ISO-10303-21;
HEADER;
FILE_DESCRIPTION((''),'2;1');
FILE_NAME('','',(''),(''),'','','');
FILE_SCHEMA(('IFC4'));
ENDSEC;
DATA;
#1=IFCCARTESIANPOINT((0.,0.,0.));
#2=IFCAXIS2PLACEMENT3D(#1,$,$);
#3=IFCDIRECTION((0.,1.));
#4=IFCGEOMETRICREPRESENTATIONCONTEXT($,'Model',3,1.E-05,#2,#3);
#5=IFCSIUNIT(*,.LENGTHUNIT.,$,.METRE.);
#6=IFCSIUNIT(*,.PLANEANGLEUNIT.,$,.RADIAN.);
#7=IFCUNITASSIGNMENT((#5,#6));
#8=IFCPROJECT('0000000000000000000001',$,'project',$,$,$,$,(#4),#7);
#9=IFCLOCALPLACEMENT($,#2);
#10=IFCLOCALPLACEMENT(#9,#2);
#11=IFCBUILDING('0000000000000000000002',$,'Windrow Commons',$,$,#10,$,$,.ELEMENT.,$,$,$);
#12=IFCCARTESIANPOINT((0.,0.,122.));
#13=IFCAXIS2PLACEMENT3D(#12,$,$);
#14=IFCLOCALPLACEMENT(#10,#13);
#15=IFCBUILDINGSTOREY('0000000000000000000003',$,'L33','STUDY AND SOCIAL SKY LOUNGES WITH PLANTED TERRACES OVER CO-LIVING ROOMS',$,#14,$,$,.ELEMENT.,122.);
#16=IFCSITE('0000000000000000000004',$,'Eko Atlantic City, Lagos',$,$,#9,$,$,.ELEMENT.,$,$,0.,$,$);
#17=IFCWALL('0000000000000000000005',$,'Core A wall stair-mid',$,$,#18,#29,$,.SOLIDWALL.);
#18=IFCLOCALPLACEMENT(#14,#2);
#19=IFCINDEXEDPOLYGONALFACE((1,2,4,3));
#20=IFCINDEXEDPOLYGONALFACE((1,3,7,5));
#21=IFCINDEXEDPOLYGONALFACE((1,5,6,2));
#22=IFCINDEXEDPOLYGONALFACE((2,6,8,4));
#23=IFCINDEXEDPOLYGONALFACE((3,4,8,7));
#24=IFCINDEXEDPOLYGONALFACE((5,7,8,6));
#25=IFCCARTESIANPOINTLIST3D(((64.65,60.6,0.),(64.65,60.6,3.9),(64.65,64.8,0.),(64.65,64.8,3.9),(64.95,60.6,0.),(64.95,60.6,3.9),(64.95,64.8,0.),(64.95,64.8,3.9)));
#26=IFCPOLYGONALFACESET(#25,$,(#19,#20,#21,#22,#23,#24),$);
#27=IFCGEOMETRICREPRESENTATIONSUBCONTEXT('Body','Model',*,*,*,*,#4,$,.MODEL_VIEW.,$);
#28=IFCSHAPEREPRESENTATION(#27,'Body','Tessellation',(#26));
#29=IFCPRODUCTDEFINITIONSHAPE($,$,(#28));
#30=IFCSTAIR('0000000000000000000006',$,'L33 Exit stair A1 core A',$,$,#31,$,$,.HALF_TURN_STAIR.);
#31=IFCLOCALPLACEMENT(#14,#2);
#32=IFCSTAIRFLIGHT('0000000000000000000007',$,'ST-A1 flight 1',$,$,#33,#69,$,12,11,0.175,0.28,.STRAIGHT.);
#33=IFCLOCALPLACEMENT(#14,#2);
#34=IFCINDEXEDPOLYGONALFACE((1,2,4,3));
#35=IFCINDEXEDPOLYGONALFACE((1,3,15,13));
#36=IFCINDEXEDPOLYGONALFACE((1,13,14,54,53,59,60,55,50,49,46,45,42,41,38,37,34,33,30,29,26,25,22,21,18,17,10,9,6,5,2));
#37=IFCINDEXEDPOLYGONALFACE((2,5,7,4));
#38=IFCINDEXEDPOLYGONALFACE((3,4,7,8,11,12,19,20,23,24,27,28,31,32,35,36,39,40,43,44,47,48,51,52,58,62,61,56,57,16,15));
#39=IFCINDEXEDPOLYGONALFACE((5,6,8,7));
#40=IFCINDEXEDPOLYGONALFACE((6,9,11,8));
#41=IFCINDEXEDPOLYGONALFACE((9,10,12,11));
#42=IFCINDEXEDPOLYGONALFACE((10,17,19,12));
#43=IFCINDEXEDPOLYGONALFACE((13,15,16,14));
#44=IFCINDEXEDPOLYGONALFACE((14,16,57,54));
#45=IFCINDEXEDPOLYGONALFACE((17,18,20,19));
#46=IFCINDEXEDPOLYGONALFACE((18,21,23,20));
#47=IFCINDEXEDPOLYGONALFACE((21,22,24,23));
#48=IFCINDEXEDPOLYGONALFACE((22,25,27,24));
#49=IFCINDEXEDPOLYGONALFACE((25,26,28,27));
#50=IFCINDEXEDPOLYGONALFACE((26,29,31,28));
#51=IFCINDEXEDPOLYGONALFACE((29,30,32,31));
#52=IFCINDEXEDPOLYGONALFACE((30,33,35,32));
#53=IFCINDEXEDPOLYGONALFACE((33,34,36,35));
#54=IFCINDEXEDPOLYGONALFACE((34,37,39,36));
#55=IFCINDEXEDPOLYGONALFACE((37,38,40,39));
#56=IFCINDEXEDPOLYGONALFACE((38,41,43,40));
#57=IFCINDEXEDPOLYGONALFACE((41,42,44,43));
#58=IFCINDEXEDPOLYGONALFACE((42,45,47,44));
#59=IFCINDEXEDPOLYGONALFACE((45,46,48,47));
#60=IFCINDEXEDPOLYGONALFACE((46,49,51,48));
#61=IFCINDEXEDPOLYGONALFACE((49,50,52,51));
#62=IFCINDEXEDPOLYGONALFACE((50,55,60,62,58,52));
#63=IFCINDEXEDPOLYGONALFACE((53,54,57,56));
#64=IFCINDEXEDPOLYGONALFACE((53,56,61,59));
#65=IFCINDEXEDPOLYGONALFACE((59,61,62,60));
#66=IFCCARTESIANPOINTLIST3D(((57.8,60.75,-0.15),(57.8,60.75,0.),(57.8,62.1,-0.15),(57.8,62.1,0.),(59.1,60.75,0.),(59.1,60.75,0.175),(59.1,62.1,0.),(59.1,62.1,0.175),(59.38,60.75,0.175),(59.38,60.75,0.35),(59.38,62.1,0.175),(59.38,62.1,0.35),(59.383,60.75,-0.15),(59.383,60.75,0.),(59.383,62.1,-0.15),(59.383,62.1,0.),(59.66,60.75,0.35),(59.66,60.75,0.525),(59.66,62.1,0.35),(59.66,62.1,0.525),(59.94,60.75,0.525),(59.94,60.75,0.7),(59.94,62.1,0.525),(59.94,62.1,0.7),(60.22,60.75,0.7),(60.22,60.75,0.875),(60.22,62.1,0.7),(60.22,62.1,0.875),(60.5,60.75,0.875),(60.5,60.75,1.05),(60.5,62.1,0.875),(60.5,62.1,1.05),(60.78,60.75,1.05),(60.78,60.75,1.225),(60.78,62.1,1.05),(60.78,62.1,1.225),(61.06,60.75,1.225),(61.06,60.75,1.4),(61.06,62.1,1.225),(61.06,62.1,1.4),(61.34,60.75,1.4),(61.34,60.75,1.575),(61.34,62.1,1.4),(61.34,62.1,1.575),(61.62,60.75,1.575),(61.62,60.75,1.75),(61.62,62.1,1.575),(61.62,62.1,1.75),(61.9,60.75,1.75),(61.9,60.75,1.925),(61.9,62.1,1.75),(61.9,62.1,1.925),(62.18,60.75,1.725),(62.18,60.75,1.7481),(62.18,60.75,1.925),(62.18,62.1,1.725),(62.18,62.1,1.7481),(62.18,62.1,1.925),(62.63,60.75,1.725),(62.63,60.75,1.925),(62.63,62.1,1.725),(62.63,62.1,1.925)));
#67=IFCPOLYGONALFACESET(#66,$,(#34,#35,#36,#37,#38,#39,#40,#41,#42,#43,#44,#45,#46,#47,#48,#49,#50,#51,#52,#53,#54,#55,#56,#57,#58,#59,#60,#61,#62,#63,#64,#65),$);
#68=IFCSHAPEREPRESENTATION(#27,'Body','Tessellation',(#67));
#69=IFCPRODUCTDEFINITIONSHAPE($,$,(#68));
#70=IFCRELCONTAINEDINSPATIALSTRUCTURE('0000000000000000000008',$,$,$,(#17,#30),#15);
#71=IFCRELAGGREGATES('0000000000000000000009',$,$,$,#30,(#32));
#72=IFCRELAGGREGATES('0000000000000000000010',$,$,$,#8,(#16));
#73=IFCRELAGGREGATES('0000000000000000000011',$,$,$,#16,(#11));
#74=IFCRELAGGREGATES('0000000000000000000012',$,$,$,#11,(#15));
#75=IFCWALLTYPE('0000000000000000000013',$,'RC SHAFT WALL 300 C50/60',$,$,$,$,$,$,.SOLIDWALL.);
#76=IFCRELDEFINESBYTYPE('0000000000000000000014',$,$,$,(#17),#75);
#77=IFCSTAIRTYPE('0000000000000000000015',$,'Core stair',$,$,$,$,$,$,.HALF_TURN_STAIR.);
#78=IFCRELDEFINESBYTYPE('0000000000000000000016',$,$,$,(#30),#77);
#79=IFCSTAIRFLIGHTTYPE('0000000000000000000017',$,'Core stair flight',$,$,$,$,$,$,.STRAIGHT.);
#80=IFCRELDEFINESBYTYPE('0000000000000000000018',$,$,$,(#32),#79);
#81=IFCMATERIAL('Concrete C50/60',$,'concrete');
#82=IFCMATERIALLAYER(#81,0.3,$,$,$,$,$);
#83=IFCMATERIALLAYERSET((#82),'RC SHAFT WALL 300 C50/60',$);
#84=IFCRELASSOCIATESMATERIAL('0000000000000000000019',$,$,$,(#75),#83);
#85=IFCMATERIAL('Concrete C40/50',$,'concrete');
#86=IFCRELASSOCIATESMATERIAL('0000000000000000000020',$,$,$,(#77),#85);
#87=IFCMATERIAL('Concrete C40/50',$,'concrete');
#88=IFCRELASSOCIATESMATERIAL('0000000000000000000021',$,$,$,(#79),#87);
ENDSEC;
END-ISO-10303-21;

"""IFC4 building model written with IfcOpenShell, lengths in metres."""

from ifc_helpers import new_model, si_unit, direction, frame, frame_2d, origin, place, context, subcontext, project, spatial, polyline, rectangle, outline, extrude, material, layer, layer_set, type_object, element, aggregate, save


model = new_model("IFC4")

# Units and contexts
model_context = context("Model", 3, precision=1e-05, world=origin(), true_north=direction((0.0, 1.0)))
body_context = subcontext(model_context, "Body", "Model", "MODEL_VIEW")
ifc_project = project(units=[si_unit("LENGTHUNIT", "METRE"), si_unit("PLANEANGLEUNIT", "RADIAN")], contexts=[model_context])

# Site, building, storey
site_placement = place(None, origin())
site = spatial("IfcSite", under=ifc_project, at=site_placement, Name="Eko Atlantic City, Lagos", CompositionType="ELEMENT", RefElevation=0.0)
building_placement = place(site_placement, origin())
building = spatial("IfcBuilding", under=site, at=building_placement, Name="Windrow Commons", CompositionType="ELEMENT")
storey_placement = place(building_placement, frame((0.0, 0.0, 122.0)))
storey = spatial("IfcBuildingStorey", under=building, at=storey_placement, Name="L33", Description="STUDY AND SOCIAL SKY LOUNGES WITH PLANTED TERRACES OVER CO-LIVING ROOMS", CompositionType="ELEMENT", Elevation=122.0)

# Shared definitions
ifc_material_1 = material(Name="Concrete C50/60", Category="concrete")
ifc_layer_1 = layer(ifc_material_1, 0.3)
ifc_layer_set_1 = layer_set([ifc_layer_1], Name="RC SHAFT WALL 300 C50/60")
wall_type_1 = type_object("IfcWallType", Name="RC SHAFT WALL 300 C50/60", PredefinedType="SOLIDWALL", material=ifc_layer_set_1)

# Wall
wall_1_placement = place(storey_placement, frame((64.8, 60.6, 0.0), z_axis=(0.0, 0.0, 1.0), x_axis=(0.0, 1.0, 0.0)))
element("IfcWall", 1, at=wall_1_placement, inside=storey, type_object=wall_type_1, Name="Core A wall stair-mid", PredefinedType="SOLIDWALL", context=body_context, shape_type="SweptSolid", body=[
    extrude(rectangle(XDim=4.2, YDim=0.3, at=frame_2d((2.1, 0.0))), origin(), (0.0, 0.0, 1.0), 3.9),
])

# Stair, stair flight
ifc_material_2 = material(Name="Concrete C40/50", Category="concrete")
stair_type = type_object("IfcStairType", Name="Core stair", PredefinedType="HALF_TURN_STAIR", material=ifc_material_2)
stair_placement = place(storey_placement, origin())
stair = element("IfcStair", 2, at=stair_placement, inside=storey, type_object=stair_type, Name="L33 Exit stair A1 core A", PredefinedType="HALF_TURN_STAIR")
ifc_material_3 = material(Name="Concrete C40/50", Category="concrete")
stair_flight_type = type_object("IfcStairFlightType", Name="Core stair flight", PredefinedType="STRAIGHT", material=ifc_material_3)
stair_flight_placement = place(storey_placement, frame((59.1, 61.425, 0.0), z_axis=(0.0, 0.0, 1.0), x_axis=(1.0, 0.0, 0.0)))
stair_flight = element("IfcStairFlight", 3, at=stair_flight_placement, type_object=stair_flight_type, Name="ST-A1 flight 1", NumberOfRisers=12, NumberOfTreads=11, PredefinedType="STRAIGHT", RiserHeight=0.175, TreadLength=0.28, context=body_context, shape_type="SweptSolid", body=[
    extrude(outline(polyline([(-1.3, -0.15), (-1.3, 0.0), (0.0, 0.0), (0.0, 0.175), (0.28, 0.175), (0.28, 0.35), (0.56, 0.35), (0.56, 0.525), (0.84, 0.525), (0.84, 0.7), (1.12, 0.7), (1.12, 0.875), (1.4, 0.875), (1.4, 1.05), (1.68, 1.05), (1.68, 1.225), (1.96, 1.225), (1.96, 1.4), (2.24, 1.4), (2.24, 1.575), (2.52, 1.575), (2.52, 1.75), (2.8, 1.75), (2.8, 1.925), (3.08, 1.925), (3.53, 1.925), (3.53, 1.725), (3.08, 1.725), (3.08, 1.7481), (0.283, 0.0), (0.283, -0.15), (-1.3, -0.15)])), frame((0.0, 0.675, 0.0), z_axis=(0.0, -1.0, 0.0), x_axis=(1.0, 0.0, 0.0)), (0.0, 0.0, 1.0), 1.35),
])
aggregate(stair, [stair_flight])

save(model, "model.ifc")
